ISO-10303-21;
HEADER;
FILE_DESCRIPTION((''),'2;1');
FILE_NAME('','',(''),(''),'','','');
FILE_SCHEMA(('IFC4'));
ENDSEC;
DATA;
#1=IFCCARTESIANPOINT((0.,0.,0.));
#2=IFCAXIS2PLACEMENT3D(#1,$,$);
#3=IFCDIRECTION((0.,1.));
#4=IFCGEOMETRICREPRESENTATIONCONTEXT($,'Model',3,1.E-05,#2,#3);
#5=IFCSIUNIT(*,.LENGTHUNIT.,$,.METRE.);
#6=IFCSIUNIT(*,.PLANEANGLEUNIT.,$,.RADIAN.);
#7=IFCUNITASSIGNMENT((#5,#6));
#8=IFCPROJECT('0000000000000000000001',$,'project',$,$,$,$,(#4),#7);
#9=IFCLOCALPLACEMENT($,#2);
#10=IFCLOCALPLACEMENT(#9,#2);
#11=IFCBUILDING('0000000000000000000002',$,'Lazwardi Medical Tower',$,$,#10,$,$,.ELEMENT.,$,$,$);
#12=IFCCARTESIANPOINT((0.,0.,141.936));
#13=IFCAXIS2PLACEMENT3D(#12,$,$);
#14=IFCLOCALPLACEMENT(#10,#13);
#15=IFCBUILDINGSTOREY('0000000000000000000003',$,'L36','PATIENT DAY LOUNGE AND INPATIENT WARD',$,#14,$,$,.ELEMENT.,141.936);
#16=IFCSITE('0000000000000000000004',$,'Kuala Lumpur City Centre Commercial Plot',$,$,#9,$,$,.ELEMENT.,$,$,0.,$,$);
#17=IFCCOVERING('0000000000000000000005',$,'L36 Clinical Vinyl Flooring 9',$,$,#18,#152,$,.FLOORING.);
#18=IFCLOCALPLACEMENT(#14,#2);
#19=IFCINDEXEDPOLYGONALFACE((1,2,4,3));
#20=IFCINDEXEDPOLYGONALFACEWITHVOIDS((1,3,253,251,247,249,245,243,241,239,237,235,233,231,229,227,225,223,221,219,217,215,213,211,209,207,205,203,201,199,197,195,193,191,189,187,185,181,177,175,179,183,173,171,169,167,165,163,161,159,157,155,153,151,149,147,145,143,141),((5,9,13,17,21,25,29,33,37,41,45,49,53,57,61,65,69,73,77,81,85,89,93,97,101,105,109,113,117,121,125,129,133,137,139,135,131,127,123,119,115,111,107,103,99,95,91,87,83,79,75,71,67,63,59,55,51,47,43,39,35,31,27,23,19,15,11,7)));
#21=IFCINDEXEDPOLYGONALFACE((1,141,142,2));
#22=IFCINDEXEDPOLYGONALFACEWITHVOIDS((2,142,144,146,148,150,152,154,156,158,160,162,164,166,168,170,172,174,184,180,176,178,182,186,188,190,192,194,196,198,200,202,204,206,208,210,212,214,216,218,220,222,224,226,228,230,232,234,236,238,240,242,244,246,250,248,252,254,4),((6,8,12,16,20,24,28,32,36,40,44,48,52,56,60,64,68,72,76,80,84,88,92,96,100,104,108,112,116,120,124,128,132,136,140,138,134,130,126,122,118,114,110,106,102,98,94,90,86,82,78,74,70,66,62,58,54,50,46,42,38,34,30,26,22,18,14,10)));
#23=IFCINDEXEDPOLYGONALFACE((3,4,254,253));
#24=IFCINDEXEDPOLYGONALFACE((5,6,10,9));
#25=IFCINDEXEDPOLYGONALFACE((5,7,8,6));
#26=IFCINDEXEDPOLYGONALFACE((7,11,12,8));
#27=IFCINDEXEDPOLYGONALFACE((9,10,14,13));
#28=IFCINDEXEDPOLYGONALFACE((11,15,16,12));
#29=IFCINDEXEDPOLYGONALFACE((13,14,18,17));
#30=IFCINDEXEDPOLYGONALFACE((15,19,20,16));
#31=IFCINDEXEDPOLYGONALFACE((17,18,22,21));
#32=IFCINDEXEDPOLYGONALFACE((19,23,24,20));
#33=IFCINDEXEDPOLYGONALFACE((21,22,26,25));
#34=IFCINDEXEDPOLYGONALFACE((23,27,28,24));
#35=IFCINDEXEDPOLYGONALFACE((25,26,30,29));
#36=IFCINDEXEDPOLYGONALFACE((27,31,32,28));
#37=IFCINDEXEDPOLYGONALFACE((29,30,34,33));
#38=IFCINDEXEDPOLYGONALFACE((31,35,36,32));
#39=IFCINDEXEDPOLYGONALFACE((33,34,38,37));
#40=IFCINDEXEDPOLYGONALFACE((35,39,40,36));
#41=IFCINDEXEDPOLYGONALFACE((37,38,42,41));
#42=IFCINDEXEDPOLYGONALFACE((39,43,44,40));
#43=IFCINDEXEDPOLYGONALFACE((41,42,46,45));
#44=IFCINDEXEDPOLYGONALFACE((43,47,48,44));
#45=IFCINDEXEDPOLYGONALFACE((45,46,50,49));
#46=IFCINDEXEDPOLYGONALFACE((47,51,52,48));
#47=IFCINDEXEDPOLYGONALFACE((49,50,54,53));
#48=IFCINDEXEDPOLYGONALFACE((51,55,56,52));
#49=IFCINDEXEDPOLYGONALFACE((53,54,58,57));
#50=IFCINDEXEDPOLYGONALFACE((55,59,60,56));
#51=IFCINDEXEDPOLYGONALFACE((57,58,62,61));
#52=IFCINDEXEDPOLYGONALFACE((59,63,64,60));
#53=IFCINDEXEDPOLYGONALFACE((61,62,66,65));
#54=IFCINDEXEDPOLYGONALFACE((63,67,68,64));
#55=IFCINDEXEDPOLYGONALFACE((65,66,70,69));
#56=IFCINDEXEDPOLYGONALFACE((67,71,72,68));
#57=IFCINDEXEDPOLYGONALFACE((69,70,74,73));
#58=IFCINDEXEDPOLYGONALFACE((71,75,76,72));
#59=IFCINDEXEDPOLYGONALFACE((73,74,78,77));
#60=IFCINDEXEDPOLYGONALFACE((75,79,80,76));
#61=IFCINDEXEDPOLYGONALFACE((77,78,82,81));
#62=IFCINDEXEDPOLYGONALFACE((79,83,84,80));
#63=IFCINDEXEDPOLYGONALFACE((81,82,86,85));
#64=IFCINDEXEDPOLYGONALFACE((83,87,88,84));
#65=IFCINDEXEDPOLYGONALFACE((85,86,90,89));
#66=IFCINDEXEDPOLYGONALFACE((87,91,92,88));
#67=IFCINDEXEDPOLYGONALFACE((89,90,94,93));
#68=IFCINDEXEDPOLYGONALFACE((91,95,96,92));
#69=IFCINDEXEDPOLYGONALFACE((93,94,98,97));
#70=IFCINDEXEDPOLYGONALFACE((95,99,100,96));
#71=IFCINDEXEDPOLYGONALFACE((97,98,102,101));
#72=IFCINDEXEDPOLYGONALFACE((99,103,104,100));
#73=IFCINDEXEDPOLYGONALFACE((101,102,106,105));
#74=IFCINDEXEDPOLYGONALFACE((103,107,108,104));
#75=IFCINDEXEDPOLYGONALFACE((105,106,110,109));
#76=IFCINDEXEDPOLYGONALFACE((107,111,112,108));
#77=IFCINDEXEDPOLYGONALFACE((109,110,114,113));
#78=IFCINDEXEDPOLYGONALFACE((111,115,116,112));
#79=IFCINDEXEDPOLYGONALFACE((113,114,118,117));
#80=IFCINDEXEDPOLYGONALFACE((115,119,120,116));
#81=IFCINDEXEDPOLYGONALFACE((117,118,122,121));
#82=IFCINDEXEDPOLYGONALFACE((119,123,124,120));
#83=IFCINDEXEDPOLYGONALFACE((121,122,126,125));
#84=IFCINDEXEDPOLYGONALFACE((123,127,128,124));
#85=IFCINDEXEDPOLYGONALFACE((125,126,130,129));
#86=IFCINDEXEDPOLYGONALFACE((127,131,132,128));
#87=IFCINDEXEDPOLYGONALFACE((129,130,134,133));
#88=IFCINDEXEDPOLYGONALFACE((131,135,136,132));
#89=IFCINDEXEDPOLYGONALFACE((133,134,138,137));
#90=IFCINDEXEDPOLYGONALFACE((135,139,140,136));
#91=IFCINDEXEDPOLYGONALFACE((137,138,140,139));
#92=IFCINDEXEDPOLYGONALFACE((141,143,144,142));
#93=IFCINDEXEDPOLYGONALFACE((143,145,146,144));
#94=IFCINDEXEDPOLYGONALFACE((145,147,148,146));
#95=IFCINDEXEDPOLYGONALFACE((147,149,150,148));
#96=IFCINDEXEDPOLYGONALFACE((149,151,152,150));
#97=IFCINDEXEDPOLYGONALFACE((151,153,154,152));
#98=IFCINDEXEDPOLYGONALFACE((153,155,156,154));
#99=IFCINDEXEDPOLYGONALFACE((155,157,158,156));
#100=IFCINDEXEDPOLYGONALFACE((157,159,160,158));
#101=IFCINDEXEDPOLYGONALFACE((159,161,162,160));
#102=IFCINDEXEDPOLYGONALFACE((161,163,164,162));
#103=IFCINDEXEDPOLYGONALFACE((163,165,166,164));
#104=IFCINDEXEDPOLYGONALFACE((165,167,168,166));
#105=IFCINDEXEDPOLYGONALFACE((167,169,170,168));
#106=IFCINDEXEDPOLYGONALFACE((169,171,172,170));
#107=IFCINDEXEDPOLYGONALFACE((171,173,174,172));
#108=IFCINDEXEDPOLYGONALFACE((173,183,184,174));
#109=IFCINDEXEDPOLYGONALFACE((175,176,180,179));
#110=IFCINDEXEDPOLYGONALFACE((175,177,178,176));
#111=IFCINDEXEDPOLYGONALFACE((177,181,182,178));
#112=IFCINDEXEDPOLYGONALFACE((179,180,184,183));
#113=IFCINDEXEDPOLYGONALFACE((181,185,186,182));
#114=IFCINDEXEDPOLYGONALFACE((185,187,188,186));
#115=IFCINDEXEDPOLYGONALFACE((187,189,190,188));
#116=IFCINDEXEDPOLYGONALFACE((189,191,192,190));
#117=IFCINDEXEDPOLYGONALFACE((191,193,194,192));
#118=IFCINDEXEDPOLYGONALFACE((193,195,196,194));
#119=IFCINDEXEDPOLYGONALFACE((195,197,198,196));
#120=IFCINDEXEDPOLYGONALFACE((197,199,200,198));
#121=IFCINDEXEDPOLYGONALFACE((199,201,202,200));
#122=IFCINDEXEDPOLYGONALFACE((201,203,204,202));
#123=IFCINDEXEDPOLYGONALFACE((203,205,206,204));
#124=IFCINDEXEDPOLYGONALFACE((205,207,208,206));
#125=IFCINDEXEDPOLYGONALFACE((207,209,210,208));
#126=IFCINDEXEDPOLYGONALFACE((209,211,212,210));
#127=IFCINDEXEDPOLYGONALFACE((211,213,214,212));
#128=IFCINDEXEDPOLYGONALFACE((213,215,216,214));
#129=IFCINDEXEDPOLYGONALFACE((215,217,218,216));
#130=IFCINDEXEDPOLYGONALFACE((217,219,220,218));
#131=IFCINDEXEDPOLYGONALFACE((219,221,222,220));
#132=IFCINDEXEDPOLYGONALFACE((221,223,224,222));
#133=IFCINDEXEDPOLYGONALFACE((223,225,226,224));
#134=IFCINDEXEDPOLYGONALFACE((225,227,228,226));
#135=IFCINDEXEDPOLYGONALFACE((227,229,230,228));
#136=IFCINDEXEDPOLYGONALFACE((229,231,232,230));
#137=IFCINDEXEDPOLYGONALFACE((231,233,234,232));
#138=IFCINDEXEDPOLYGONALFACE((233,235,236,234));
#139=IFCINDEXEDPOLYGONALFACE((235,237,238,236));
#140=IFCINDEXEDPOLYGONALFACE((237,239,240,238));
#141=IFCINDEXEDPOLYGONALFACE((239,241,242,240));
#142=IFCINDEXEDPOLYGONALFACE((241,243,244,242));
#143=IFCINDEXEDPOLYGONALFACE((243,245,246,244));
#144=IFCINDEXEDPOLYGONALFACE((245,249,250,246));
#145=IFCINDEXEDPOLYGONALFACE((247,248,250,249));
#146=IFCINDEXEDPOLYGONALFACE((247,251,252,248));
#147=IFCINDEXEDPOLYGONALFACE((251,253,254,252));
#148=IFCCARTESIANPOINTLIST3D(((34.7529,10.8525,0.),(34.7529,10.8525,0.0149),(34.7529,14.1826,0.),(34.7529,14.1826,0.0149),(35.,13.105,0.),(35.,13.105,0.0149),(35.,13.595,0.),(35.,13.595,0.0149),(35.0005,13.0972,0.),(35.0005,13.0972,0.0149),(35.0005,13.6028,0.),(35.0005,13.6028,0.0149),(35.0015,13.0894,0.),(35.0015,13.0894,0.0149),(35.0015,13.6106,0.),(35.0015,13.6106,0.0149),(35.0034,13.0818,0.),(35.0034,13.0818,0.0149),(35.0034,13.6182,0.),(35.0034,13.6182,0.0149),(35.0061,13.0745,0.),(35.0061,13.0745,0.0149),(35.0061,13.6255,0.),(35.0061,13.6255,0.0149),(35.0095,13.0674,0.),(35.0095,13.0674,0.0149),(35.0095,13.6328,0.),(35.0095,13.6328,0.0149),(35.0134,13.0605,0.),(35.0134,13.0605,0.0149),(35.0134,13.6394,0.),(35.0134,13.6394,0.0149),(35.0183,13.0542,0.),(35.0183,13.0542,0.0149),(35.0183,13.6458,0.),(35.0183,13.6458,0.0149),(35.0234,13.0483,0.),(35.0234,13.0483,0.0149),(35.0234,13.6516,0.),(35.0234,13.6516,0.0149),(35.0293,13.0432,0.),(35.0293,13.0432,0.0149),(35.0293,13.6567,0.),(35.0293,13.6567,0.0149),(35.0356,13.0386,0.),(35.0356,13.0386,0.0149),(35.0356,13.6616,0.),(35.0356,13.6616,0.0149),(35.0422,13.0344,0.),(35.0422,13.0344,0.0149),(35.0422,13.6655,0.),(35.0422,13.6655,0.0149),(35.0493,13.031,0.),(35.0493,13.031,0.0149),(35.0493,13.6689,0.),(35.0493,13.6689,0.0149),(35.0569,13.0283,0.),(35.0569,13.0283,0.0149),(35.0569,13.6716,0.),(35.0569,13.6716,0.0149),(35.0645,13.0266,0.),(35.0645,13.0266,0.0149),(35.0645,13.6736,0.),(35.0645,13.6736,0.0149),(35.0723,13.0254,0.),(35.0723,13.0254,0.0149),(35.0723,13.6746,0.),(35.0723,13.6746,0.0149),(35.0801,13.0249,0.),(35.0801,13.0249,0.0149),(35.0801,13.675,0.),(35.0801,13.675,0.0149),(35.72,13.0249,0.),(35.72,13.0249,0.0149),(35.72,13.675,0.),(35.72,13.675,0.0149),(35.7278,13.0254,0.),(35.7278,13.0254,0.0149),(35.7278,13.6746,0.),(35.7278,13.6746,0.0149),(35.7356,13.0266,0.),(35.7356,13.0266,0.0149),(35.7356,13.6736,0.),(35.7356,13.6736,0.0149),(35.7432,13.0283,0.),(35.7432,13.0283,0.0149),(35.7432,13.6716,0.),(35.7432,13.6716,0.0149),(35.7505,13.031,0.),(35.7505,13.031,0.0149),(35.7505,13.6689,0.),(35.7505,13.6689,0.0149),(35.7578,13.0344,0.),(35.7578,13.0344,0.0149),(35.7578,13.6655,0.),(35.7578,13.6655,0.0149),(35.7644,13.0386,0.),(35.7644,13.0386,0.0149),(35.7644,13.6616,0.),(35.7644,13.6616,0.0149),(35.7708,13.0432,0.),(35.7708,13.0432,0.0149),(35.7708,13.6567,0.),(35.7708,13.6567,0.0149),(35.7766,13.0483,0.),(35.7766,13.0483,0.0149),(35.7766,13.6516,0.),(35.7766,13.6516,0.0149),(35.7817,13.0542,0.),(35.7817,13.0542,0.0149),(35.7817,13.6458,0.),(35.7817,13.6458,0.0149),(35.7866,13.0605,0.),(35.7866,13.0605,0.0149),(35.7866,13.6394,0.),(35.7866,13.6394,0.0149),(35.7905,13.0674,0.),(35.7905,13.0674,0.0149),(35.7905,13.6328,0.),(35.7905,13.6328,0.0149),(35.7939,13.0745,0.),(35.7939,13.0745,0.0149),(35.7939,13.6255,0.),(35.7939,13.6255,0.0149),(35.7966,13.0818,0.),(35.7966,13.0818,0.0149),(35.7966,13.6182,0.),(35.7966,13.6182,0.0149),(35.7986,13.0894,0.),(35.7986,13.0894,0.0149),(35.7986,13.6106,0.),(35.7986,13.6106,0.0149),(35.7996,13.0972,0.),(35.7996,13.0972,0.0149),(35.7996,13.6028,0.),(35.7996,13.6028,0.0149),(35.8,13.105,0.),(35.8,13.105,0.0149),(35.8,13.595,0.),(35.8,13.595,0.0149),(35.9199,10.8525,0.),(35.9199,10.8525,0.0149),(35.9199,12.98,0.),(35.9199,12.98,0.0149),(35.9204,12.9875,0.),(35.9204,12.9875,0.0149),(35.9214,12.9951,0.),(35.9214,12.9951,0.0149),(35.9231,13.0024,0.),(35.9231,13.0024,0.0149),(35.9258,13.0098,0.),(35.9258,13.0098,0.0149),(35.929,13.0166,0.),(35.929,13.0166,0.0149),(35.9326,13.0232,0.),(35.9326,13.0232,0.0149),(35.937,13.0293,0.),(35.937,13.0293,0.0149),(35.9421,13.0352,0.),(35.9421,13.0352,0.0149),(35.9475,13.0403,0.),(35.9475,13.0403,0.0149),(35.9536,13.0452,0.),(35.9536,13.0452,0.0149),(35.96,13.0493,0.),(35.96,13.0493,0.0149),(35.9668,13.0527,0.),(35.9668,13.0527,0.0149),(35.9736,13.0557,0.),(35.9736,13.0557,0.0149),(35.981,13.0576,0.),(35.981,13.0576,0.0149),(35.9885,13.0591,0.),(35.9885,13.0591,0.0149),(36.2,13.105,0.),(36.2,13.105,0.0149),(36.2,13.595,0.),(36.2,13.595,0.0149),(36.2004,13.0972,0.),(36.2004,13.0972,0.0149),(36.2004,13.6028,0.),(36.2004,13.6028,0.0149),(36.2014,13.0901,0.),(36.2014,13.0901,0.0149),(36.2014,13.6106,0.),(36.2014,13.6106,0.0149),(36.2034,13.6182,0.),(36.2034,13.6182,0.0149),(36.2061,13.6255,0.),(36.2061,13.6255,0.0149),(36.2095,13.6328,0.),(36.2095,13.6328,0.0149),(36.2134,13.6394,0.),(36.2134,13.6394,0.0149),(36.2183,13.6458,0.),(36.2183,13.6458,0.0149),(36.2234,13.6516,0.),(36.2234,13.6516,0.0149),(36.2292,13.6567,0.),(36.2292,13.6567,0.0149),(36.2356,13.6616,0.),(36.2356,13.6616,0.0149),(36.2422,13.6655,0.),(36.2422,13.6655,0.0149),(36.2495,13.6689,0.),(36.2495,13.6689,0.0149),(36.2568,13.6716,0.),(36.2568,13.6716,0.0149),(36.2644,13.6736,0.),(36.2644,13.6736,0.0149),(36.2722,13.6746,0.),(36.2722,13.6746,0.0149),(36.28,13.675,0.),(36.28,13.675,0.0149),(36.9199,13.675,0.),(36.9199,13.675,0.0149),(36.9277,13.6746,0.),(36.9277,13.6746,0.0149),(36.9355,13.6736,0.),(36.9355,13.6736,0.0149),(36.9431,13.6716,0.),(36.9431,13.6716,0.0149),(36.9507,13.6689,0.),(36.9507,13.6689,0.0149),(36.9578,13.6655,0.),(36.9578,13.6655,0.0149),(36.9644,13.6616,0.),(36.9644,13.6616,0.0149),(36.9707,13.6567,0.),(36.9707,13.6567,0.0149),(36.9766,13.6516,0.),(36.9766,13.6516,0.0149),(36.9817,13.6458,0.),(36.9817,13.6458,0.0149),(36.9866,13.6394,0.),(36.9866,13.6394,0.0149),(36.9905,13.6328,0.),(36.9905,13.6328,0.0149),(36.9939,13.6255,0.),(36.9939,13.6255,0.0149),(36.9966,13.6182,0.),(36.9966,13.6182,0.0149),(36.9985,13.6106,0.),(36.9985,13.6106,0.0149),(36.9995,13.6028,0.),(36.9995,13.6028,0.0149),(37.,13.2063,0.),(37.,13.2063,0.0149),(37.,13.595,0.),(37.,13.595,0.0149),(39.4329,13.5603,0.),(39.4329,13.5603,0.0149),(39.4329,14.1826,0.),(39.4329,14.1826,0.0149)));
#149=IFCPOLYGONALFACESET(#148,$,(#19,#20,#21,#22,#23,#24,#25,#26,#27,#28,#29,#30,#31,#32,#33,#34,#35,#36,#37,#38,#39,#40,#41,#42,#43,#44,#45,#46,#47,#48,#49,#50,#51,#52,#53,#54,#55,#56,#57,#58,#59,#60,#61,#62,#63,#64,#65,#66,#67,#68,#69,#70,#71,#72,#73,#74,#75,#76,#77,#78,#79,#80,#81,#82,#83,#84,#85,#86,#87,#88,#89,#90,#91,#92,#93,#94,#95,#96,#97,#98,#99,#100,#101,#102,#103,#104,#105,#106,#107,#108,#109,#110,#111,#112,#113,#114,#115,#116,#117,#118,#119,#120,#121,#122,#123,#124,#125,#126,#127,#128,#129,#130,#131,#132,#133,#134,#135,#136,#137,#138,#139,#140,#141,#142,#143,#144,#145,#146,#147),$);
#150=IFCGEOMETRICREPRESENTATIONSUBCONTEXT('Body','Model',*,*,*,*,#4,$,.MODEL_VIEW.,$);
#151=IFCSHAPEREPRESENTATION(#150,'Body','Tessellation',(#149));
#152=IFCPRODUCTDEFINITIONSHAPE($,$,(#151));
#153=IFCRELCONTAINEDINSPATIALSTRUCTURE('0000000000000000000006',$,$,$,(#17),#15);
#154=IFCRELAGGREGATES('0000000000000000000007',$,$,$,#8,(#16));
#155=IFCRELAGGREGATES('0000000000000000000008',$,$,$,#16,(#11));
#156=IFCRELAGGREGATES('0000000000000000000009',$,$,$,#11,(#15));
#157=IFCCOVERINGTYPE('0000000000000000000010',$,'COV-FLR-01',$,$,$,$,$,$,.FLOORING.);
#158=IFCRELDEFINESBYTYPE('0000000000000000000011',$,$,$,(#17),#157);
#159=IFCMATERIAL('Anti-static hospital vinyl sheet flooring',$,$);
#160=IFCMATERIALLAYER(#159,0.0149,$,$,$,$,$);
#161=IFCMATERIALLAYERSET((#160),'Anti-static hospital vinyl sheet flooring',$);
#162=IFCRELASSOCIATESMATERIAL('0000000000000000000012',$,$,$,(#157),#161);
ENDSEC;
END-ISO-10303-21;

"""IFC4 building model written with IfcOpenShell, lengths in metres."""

from ifc_helpers import new_model, si_unit, direction, frame, origin, place, context, subcontext, project, spatial, polyline, outline, extrude, material, layer, layer_set, type_object, element, save


model = new_model("IFC4")

# Units and contexts
model_context = context("Model", 3, precision=1e-05, world=origin(), true_north=direction((0.0, 1.0)))
body_context = subcontext(model_context, "Body", "Model", "MODEL_VIEW")
ifc_project = project(units=[si_unit("LENGTHUNIT", "METRE"), si_unit("PLANEANGLEUNIT", "RADIAN")], contexts=[model_context])

# Site, building, storey
site_placement = place(None, origin())
site = spatial("IfcSite", under=ifc_project, at=site_placement, Name="Kuala Lumpur City Centre Commercial Plot", CompositionType="ELEMENT", RefElevation=0.0)
building_placement = place(site_placement, origin())
building = spatial("IfcBuilding", under=site, at=building_placement, Name="Lazwardi Medical Tower", CompositionType="ELEMENT")
storey_placement = place(building_placement, frame((0.0, 0.0, 141.936)))
storey = spatial("IfcBuildingStorey", under=building, at=storey_placement, Name="L36", Description="PATIENT DAY LOUNGE AND INPATIENT WARD", CompositionType="ELEMENT", Elevation=141.936)

# Covering
ifc_material_1 = material(Name="Anti-static hospital vinyl sheet flooring")
ifc_layer_1 = layer(ifc_material_1, 0.0149)
ifc_layer_set_1 = layer_set([ifc_layer_1], Name="Anti-static hospital vinyl sheet flooring")
covering_type_1 = type_object("IfcCoveringType", Name="COV-FLR-01", PredefinedType="FLOORING", material=ifc_layer_set_1)
covering_1_placement = place(storey_placement, origin())
element("IfcCovering", 1, at=covering_1_placement, inside=storey, type_object=covering_type_1, Name="L36 Clinical Vinyl Flooring 9", PredefinedType="FLOORING", context=body_context, shape_type="SweptSolid", body=[
    extrude(outline(polyline([(35.9199, 10.8525), (35.9199, 12.98), (35.9204, 12.9875), (35.9214, 12.9951), (35.9231, 13.0024), (35.9258, 13.0098), (35.929, 13.0166), (35.9326, 13.0232), (35.937, 13.0293), (35.9421, 13.0352), (35.9475, 13.0403), (35.9536, 13.0452), (35.96, 13.0493), (35.9668, 13.0527), (35.9736, 13.0557), (35.981, 13.0576), (35.9885, 13.0591), (36.2014, 13.0901), (36.2004, 13.0972), (36.2, 13.105), (36.2, 13.595), (36.2004, 13.6028), (36.2014, 13.6106), (36.2034, 13.6182), (36.2061, 13.6255), (36.2095, 13.6328), (36.2134, 13.6394), (36.2183, 13.6458), (36.2234, 13.6516), (36.2292, 13.6567), (36.2356, 13.6616), (36.2422, 13.6655), (36.2495, 13.6689), (36.2568, 13.6716), (36.2644, 13.6736), (36.2722, 13.6746), (36.28, 13.675), (36.9199, 13.675), (36.9277, 13.6746), (36.9355, 13.6736), (36.9431, 13.6716), (36.9507, 13.6689), (36.9578, 13.6655), (36.9644, 13.6616), (36.9707, 13.6567), (36.9766, 13.6516), (36.9817, 13.6458), (36.9866, 13.6394), (36.9905, 13.6328), (36.9939, 13.6255), (36.9966, 13.6182), (36.9985, 13.6106), (36.9995, 13.6028), (37.0, 13.595), (37.0, 13.2063), (39.4329, 13.5603), (39.4329, 14.1826), (34.7529, 14.1826), (34.7529, 10.8525), (35.9199, 10.8525)]), holes=[polyline([(35.7432, 13.0283), (35.7356, 13.0266), (35.7278, 13.0254), (35.72, 13.0249), (35.0801, 13.0249), (35.0723, 13.0254), (35.0645, 13.0266), (35.0569, 13.0283), (35.0493, 13.031), (35.0422, 13.0344), (35.0356, 13.0386), (35.0293, 13.0432), (35.0234, 13.0483), (35.0183, 13.0542), (35.0134, 13.0605), (35.0095, 13.0674), (35.0061, 13.0745), (35.0034, 13.0818), (35.0015, 13.0894), (35.0005, 13.0972), (35.0, 13.105), (35.0, 13.595), (35.0005, 13.6028), (35.0015, 13.6106), (35.0034, 13.6182), (35.0061, 13.6255), (35.0095, 13.6328), (35.0134, 13.6394), (35.0183, 13.6458), (35.0234, 13.6516), (35.0293, 13.6567), (35.0356, 13.6616), (35.0422, 13.6655), (35.0493, 13.6689), (35.0569, 13.6716), (35.0645, 13.6736), (35.0723, 13.6746), (35.0801, 13.675), (35.72, 13.675), (35.7278, 13.6746), (35.7356, 13.6736), (35.7432, 13.6716), (35.7505, 13.6689), (35.7578, 13.6655), (35.7644, 13.6616), (35.7708, 13.6567), (35.7766, 13.6516), (35.7817, 13.6458), (35.7866, 13.6394), (35.7905, 13.6328), (35.7939, 13.6255), (35.7966, 13.6182), (35.7986, 13.6106), (35.7996, 13.6028), (35.8, 13.595), (35.8, 13.105), (35.7996, 13.0972), (35.7986, 13.0894), (35.7966, 13.0818), (35.7939, 13.0745), (35.7905, 13.0674), (35.7866, 13.0605), (35.7817, 13.0542), (35.7766, 13.0483), (35.7708, 13.0432), (35.7644, 13.0386), (35.7578, 13.0344), (35.7505, 13.031), (35.7432, 13.0283)])]), origin(), (0.0, 0.0, 1.0), 0.0149),
])

save(model, "model.ifc")
